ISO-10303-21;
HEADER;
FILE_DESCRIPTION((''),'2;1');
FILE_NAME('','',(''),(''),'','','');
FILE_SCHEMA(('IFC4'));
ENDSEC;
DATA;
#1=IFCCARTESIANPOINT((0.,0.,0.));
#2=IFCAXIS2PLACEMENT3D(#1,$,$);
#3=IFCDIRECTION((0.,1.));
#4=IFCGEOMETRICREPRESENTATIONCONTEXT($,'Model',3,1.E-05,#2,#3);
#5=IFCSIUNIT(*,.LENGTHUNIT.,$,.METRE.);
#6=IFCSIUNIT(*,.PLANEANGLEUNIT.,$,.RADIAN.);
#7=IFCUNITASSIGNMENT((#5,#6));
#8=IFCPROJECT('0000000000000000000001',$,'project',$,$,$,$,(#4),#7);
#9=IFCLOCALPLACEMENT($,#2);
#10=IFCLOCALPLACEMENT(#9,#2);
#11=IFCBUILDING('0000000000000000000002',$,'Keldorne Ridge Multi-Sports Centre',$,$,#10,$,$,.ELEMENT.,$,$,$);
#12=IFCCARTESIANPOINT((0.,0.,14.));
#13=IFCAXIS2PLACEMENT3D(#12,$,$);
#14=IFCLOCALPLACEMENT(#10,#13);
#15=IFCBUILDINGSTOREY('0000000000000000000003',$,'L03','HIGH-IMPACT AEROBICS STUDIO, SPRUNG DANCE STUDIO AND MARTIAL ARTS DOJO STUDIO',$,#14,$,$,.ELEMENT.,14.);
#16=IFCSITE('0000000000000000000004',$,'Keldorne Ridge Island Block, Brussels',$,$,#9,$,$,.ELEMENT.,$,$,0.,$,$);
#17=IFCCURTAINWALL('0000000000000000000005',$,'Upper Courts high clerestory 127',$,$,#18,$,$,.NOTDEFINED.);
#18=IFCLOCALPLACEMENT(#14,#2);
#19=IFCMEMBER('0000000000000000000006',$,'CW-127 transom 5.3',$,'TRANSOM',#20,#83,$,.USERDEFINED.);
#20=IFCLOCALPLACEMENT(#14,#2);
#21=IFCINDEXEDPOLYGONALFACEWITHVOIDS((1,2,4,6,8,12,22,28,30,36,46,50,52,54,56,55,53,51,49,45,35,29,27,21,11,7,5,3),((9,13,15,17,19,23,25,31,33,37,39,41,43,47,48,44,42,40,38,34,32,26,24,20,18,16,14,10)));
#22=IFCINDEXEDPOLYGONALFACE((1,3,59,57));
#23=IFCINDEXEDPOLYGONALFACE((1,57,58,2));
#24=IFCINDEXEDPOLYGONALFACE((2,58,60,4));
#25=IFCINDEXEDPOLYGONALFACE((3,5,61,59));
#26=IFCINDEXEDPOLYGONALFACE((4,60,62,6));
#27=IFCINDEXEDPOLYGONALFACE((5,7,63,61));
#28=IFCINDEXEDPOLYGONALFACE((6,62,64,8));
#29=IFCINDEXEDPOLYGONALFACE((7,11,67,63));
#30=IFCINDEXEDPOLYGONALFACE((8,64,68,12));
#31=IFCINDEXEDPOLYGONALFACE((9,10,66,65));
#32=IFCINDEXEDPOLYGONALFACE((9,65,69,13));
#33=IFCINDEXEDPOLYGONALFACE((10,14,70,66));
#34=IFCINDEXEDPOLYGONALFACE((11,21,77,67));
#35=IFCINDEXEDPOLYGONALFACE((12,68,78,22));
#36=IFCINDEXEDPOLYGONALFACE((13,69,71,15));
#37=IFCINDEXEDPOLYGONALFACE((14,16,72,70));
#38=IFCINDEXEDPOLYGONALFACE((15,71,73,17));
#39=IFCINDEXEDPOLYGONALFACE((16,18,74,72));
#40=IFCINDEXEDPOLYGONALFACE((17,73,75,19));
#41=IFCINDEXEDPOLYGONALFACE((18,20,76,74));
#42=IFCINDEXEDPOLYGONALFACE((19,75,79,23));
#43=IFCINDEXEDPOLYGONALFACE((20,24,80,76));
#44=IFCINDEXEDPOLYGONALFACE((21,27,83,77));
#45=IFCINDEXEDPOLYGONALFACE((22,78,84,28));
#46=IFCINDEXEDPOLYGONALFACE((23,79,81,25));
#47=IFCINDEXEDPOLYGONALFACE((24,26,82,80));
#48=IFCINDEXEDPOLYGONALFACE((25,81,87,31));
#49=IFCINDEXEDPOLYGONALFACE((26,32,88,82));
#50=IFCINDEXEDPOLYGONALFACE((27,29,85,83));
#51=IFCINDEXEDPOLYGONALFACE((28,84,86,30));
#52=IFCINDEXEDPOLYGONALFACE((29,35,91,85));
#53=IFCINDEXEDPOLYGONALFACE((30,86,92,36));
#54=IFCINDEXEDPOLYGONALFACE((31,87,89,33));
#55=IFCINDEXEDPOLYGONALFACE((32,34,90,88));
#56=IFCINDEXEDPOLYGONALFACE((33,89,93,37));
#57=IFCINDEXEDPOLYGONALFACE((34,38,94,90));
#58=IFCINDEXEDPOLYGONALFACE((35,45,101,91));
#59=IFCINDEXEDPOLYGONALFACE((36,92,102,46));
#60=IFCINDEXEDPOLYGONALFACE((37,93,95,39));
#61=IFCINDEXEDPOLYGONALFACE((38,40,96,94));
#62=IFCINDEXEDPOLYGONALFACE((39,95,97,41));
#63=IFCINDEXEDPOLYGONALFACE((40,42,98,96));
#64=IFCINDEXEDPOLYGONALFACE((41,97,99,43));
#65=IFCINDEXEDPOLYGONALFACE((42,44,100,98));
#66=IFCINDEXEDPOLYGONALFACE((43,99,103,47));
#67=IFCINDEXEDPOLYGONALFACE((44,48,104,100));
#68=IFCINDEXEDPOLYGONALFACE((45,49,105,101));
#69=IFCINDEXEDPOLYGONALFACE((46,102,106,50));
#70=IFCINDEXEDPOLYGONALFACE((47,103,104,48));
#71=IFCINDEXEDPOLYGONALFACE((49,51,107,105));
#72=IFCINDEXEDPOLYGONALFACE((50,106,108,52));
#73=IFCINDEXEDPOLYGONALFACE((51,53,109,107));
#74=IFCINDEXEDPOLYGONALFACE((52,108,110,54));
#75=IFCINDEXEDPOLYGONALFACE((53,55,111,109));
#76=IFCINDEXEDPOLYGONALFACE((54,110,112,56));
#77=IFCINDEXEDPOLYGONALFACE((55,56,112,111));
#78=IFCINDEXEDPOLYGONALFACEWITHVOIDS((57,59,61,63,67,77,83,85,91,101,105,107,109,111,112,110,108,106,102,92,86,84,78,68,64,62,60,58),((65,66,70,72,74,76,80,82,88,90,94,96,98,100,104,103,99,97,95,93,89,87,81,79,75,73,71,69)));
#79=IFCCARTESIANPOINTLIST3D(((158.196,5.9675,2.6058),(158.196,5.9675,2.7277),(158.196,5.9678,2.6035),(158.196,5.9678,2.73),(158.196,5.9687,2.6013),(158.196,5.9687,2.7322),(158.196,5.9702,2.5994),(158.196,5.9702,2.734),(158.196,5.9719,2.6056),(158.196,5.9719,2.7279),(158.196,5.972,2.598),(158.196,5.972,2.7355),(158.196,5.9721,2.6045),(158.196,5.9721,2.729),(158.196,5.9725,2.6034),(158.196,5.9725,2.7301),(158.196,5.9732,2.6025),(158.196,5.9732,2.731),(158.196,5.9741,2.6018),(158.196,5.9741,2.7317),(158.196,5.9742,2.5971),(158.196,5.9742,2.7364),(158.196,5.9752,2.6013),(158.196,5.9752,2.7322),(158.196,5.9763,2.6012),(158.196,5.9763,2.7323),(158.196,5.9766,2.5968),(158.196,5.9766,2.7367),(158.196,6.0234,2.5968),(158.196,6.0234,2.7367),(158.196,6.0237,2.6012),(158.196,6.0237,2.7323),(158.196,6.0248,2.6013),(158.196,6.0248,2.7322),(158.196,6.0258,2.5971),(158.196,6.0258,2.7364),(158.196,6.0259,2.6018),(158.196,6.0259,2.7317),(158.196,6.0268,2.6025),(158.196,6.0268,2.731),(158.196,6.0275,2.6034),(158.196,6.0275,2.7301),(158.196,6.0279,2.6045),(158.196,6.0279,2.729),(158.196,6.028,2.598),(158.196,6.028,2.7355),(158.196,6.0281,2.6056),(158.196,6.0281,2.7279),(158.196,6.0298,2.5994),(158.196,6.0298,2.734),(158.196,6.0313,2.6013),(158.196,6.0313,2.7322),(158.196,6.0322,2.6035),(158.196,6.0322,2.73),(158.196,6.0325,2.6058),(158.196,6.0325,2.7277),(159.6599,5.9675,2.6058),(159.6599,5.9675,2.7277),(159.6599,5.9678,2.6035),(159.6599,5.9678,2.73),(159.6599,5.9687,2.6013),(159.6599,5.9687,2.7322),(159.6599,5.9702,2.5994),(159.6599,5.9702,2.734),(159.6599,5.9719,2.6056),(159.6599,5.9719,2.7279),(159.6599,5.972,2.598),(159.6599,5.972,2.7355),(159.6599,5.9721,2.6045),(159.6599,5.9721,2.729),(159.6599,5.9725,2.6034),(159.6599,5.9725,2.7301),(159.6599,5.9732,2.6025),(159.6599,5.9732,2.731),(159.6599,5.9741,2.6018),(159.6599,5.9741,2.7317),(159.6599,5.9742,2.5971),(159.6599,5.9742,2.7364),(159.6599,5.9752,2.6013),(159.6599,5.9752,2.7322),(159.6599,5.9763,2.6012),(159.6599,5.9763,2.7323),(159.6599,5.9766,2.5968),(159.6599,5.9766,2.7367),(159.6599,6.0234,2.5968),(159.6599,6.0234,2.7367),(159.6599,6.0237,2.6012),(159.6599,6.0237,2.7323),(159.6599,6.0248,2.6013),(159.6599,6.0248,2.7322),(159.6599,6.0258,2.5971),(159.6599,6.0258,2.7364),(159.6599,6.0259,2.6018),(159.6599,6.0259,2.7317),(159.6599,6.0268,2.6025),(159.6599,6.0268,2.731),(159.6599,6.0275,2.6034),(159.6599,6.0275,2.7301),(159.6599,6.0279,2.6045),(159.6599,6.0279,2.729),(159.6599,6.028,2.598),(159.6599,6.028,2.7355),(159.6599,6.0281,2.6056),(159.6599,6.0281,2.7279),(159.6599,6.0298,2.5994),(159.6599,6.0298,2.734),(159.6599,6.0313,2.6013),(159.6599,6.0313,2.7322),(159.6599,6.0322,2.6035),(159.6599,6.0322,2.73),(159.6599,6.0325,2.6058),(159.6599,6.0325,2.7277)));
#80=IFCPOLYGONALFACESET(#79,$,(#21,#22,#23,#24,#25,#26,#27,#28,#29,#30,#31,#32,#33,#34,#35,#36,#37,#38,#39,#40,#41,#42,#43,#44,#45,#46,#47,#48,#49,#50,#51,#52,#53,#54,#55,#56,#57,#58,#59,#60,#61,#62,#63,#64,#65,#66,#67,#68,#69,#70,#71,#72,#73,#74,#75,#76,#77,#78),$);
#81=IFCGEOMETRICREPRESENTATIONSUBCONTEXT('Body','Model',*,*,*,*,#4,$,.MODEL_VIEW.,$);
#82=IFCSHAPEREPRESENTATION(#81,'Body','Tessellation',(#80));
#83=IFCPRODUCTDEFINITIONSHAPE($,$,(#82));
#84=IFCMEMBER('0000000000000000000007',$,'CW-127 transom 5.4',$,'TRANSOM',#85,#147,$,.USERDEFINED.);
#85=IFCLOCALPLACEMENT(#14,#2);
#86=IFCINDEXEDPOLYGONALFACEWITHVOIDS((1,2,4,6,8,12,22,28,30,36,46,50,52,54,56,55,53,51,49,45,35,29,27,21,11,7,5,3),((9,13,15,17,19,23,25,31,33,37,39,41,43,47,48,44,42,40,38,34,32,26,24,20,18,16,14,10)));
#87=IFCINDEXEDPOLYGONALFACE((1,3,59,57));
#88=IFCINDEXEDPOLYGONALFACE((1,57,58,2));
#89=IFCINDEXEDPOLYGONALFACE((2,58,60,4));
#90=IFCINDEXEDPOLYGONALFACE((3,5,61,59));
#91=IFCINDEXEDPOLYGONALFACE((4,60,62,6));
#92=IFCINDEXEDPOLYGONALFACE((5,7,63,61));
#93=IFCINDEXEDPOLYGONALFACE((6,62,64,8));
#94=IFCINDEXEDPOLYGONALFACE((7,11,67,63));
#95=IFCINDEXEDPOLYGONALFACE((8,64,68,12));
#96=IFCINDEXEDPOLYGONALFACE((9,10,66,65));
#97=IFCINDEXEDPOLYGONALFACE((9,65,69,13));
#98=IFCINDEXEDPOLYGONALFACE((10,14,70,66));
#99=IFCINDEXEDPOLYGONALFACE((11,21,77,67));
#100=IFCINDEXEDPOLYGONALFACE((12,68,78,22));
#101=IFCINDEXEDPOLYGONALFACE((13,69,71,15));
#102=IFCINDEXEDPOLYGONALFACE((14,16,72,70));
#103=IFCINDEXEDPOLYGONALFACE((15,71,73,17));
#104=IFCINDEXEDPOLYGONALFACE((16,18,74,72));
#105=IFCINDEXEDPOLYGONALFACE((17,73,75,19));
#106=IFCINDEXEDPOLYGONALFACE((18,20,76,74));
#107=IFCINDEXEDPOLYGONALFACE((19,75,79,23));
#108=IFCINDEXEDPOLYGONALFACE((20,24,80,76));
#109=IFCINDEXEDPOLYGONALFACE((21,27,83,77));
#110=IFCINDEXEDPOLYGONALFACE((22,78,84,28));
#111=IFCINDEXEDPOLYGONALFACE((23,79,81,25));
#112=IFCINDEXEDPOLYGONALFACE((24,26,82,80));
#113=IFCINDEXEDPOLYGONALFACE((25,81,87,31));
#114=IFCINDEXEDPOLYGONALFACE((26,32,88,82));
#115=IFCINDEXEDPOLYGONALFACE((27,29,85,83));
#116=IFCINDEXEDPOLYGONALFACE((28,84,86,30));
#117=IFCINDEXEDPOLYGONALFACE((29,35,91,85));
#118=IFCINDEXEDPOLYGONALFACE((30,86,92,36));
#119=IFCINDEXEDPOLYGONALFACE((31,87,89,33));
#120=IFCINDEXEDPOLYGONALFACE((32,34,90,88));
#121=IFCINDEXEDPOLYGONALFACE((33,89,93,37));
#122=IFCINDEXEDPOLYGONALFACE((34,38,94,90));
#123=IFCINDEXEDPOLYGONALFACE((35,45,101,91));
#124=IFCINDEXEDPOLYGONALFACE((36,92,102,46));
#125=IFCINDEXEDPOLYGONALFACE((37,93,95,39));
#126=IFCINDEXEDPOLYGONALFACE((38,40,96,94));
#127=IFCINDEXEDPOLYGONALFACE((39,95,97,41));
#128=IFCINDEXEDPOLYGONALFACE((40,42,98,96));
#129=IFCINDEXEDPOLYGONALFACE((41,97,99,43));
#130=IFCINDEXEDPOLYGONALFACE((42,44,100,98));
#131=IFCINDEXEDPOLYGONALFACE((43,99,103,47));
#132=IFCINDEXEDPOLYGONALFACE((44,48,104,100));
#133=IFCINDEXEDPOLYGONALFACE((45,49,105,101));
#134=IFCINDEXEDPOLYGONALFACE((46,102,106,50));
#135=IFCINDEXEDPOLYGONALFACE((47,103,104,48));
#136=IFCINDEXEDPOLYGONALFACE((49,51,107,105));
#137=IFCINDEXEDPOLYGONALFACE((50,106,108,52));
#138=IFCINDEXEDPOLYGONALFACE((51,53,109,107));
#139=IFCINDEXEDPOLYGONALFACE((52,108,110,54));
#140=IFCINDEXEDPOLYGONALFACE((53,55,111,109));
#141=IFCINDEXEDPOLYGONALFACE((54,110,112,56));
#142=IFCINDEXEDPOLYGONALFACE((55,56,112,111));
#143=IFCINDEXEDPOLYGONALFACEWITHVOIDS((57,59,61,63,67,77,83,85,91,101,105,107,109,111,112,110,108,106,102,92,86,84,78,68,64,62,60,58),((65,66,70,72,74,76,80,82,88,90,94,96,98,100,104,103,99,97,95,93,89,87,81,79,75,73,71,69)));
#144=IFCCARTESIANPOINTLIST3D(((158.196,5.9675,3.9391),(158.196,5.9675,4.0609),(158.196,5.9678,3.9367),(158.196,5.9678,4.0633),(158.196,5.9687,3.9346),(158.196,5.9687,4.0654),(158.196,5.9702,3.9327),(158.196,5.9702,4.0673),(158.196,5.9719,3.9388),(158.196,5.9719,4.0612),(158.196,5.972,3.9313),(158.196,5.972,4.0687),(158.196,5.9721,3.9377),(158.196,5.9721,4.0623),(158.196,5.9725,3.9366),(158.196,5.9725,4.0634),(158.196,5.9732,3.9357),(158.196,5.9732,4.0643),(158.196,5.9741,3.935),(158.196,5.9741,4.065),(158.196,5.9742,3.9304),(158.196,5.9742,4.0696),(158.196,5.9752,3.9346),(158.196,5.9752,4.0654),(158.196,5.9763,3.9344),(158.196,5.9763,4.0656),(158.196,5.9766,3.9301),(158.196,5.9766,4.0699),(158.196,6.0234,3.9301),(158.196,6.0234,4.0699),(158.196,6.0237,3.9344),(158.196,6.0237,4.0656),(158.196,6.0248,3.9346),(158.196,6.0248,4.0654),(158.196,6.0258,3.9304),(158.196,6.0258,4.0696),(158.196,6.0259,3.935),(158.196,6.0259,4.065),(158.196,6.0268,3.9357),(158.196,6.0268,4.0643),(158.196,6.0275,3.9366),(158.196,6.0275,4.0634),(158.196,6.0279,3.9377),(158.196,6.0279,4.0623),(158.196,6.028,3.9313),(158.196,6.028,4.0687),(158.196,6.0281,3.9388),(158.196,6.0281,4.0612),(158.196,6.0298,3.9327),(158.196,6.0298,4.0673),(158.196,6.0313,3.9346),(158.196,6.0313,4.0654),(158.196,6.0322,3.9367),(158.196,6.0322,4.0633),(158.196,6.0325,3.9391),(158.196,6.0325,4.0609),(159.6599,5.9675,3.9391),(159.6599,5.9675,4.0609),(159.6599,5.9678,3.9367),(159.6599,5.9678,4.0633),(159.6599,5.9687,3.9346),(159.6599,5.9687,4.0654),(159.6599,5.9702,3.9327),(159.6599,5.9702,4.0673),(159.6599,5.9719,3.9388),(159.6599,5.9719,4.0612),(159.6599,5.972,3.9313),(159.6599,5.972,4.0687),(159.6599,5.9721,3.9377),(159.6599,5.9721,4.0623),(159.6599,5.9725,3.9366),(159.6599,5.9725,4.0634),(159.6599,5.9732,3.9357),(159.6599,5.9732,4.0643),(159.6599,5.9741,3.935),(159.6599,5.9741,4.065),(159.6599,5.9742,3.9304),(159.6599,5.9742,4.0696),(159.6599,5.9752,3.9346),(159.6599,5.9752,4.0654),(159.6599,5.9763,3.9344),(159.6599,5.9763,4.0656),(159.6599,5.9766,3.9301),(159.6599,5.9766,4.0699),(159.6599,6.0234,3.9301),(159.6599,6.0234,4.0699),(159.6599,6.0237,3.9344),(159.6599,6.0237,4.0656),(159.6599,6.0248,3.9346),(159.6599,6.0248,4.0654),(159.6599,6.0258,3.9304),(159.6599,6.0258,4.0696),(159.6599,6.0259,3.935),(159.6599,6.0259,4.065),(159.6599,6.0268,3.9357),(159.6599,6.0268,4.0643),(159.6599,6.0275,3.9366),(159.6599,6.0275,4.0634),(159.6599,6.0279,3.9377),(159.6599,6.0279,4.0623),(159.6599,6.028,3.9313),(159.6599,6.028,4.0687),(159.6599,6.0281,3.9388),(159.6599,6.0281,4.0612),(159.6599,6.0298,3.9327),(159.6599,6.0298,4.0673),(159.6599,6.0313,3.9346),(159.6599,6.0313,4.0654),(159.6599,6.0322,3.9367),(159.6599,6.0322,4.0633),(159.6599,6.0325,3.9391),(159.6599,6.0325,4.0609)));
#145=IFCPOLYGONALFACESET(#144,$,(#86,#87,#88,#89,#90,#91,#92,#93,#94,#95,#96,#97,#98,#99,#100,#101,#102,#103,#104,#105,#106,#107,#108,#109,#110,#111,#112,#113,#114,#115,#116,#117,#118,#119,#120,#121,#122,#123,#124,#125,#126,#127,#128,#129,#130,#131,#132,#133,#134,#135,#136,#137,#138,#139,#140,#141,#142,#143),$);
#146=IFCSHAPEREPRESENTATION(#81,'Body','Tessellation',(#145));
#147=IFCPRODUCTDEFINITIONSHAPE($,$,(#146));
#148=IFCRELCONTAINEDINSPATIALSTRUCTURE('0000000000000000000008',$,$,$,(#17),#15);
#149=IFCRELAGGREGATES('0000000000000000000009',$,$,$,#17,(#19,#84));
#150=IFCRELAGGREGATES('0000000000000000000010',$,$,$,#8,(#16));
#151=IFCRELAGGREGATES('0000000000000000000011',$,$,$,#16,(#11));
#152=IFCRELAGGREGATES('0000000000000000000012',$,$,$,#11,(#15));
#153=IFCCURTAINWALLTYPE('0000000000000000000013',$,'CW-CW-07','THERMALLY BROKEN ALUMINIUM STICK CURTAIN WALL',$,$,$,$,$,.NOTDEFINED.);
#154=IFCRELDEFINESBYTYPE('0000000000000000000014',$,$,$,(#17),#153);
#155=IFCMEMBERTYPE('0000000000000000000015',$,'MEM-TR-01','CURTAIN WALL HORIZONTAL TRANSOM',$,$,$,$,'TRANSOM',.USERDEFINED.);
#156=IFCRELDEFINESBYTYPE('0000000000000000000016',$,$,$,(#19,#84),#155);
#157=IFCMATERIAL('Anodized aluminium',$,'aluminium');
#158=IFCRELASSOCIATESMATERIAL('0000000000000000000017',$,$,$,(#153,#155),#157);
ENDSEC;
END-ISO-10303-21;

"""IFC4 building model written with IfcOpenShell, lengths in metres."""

from ifc_helpers import new_model, si_unit, direction, frame, origin, origin_2d, place, context, subcontext, project, spatial, hollow_rectangle, extrude, material, material_profile, profile_set, type_object, element, aggregate, save


model = new_model("IFC4")

# Units and contexts
model_context = context("Model", 3, precision=1e-05, world=origin(), true_north=direction((0.0, 1.0)))
body_context = subcontext(model_context, "Body", "Model", "MODEL_VIEW")
ifc_project = project(units=[si_unit("LENGTHUNIT", "METRE"), si_unit("PLANEANGLEUNIT", "RADIAN")], contexts=[model_context])

# Site, building, storey
site_placement = place(None, origin())
site = spatial("IfcSite", under=ifc_project, at=site_placement, Name="Keldorne Ridge Island Block, Brussels", CompositionType="ELEMENT", RefElevation=0.0)
building_placement = place(site_placement, origin())
building = spatial("IfcBuilding", under=site, at=building_placement, Name="Keldorne Ridge Multi-Sports Centre", CompositionType="ELEMENT")
storey_placement = place(building_placement, frame((0.0, 0.0, 14.0)))
storey = spatial("IfcBuildingStorey", under=building, at=storey_placement, Name="L03", Description="HIGH-IMPACT AEROBICS STUDIO, SPRUNG DANCE STUDIO AND MARTIAL ARTS DOJO STUDIO", CompositionType="ELEMENT", Elevation=14.0)

# Curtain wall
ifc_material_1 = material(Name="Anodized aluminium", Category="aluminium")
curtain_wall_type_1 = type_object("IfcCurtainWallType", Name="CW-CW-07", Description="THERMALLY BROKEN ALUMINIUM STICK CURTAIN WALL", PredefinedType="NOTDEFINED", material=ifc_material_1)
curtain_wall_1_placement = place(storey_placement, origin())
curtain_wall_1 = element("IfcCurtainWall", 1, at=curtain_wall_1_placement, inside=storey, type_object=curtain_wall_type_1, Name="Upper Courts high clerestory 127", PredefinedType="NOTDEFINED")

# Members
ifc_material_profile_1 = material_profile(ifc_material_1, hollow_rectangle(XDim=0.0649, YDim=0.1399, WallThickness=0.0044, InnerFilletRadius=0.0044, OuterFilletRadius=0.009, at=origin_2d()), Name="ALU TRANSOM 140x65x4.5")
ifc_profile_set_1 = profile_set([ifc_material_profile_1], Name="Anodized aluminium")
member_type_1 = type_object("IfcMemberType", Name="MEM-TR-01", Description="CURTAIN WALL HORIZONTAL TRANSOM", ElementType="TRANSOM", PredefinedType="USERDEFINED", material=ifc_profile_set_1)
member_1_placement = place(storey_placement, frame((158.196, 6.0, 2.6667), z_axis=(1.0, 0.0, 0.0), x_axis=(0.0, 1.0, 0.0)))
member_1 = element("IfcMember", 2, at=member_1_placement, type_object=member_type_1, Name="CW-127 transom 5.3", ObjectType="TRANSOM", PredefinedType="USERDEFINED", context=body_context, shape_type="SweptSolid", body=[
    extrude(hollow_rectangle(XDim=0.0649, YDim=0.1399, WallThickness=0.0044, InnerFilletRadius=0.0044, OuterFilletRadius=0.009, at=origin_2d()), origin(), (0.0, 0.0, 1.0), 1.4639),
])
member_2_placement = place(storey_placement, frame((158.196, 6.0, 4.0), z_axis=(1.0, 0.0, 0.0), x_axis=(0.0, 1.0, 0.0)))
member_2 = element("IfcMember", 3, at=member_2_placement, type_object=member_type_1, Name="CW-127 transom 5.4", ObjectType="TRANSOM", PredefinedType="USERDEFINED", context=body_context, shape_type="SweptSolid", body=[
    extrude(hollow_rectangle(XDim=0.0649, YDim=0.1399, WallThickness=0.0044, InnerFilletRadius=0.0044, OuterFilletRadius=0.009, at=origin_2d()), origin(), (0.0, 0.0, 1.0), 1.4639),
])

aggregate(curtain_wall_1, [member_1, member_2])

save(model, "model.ifc")
